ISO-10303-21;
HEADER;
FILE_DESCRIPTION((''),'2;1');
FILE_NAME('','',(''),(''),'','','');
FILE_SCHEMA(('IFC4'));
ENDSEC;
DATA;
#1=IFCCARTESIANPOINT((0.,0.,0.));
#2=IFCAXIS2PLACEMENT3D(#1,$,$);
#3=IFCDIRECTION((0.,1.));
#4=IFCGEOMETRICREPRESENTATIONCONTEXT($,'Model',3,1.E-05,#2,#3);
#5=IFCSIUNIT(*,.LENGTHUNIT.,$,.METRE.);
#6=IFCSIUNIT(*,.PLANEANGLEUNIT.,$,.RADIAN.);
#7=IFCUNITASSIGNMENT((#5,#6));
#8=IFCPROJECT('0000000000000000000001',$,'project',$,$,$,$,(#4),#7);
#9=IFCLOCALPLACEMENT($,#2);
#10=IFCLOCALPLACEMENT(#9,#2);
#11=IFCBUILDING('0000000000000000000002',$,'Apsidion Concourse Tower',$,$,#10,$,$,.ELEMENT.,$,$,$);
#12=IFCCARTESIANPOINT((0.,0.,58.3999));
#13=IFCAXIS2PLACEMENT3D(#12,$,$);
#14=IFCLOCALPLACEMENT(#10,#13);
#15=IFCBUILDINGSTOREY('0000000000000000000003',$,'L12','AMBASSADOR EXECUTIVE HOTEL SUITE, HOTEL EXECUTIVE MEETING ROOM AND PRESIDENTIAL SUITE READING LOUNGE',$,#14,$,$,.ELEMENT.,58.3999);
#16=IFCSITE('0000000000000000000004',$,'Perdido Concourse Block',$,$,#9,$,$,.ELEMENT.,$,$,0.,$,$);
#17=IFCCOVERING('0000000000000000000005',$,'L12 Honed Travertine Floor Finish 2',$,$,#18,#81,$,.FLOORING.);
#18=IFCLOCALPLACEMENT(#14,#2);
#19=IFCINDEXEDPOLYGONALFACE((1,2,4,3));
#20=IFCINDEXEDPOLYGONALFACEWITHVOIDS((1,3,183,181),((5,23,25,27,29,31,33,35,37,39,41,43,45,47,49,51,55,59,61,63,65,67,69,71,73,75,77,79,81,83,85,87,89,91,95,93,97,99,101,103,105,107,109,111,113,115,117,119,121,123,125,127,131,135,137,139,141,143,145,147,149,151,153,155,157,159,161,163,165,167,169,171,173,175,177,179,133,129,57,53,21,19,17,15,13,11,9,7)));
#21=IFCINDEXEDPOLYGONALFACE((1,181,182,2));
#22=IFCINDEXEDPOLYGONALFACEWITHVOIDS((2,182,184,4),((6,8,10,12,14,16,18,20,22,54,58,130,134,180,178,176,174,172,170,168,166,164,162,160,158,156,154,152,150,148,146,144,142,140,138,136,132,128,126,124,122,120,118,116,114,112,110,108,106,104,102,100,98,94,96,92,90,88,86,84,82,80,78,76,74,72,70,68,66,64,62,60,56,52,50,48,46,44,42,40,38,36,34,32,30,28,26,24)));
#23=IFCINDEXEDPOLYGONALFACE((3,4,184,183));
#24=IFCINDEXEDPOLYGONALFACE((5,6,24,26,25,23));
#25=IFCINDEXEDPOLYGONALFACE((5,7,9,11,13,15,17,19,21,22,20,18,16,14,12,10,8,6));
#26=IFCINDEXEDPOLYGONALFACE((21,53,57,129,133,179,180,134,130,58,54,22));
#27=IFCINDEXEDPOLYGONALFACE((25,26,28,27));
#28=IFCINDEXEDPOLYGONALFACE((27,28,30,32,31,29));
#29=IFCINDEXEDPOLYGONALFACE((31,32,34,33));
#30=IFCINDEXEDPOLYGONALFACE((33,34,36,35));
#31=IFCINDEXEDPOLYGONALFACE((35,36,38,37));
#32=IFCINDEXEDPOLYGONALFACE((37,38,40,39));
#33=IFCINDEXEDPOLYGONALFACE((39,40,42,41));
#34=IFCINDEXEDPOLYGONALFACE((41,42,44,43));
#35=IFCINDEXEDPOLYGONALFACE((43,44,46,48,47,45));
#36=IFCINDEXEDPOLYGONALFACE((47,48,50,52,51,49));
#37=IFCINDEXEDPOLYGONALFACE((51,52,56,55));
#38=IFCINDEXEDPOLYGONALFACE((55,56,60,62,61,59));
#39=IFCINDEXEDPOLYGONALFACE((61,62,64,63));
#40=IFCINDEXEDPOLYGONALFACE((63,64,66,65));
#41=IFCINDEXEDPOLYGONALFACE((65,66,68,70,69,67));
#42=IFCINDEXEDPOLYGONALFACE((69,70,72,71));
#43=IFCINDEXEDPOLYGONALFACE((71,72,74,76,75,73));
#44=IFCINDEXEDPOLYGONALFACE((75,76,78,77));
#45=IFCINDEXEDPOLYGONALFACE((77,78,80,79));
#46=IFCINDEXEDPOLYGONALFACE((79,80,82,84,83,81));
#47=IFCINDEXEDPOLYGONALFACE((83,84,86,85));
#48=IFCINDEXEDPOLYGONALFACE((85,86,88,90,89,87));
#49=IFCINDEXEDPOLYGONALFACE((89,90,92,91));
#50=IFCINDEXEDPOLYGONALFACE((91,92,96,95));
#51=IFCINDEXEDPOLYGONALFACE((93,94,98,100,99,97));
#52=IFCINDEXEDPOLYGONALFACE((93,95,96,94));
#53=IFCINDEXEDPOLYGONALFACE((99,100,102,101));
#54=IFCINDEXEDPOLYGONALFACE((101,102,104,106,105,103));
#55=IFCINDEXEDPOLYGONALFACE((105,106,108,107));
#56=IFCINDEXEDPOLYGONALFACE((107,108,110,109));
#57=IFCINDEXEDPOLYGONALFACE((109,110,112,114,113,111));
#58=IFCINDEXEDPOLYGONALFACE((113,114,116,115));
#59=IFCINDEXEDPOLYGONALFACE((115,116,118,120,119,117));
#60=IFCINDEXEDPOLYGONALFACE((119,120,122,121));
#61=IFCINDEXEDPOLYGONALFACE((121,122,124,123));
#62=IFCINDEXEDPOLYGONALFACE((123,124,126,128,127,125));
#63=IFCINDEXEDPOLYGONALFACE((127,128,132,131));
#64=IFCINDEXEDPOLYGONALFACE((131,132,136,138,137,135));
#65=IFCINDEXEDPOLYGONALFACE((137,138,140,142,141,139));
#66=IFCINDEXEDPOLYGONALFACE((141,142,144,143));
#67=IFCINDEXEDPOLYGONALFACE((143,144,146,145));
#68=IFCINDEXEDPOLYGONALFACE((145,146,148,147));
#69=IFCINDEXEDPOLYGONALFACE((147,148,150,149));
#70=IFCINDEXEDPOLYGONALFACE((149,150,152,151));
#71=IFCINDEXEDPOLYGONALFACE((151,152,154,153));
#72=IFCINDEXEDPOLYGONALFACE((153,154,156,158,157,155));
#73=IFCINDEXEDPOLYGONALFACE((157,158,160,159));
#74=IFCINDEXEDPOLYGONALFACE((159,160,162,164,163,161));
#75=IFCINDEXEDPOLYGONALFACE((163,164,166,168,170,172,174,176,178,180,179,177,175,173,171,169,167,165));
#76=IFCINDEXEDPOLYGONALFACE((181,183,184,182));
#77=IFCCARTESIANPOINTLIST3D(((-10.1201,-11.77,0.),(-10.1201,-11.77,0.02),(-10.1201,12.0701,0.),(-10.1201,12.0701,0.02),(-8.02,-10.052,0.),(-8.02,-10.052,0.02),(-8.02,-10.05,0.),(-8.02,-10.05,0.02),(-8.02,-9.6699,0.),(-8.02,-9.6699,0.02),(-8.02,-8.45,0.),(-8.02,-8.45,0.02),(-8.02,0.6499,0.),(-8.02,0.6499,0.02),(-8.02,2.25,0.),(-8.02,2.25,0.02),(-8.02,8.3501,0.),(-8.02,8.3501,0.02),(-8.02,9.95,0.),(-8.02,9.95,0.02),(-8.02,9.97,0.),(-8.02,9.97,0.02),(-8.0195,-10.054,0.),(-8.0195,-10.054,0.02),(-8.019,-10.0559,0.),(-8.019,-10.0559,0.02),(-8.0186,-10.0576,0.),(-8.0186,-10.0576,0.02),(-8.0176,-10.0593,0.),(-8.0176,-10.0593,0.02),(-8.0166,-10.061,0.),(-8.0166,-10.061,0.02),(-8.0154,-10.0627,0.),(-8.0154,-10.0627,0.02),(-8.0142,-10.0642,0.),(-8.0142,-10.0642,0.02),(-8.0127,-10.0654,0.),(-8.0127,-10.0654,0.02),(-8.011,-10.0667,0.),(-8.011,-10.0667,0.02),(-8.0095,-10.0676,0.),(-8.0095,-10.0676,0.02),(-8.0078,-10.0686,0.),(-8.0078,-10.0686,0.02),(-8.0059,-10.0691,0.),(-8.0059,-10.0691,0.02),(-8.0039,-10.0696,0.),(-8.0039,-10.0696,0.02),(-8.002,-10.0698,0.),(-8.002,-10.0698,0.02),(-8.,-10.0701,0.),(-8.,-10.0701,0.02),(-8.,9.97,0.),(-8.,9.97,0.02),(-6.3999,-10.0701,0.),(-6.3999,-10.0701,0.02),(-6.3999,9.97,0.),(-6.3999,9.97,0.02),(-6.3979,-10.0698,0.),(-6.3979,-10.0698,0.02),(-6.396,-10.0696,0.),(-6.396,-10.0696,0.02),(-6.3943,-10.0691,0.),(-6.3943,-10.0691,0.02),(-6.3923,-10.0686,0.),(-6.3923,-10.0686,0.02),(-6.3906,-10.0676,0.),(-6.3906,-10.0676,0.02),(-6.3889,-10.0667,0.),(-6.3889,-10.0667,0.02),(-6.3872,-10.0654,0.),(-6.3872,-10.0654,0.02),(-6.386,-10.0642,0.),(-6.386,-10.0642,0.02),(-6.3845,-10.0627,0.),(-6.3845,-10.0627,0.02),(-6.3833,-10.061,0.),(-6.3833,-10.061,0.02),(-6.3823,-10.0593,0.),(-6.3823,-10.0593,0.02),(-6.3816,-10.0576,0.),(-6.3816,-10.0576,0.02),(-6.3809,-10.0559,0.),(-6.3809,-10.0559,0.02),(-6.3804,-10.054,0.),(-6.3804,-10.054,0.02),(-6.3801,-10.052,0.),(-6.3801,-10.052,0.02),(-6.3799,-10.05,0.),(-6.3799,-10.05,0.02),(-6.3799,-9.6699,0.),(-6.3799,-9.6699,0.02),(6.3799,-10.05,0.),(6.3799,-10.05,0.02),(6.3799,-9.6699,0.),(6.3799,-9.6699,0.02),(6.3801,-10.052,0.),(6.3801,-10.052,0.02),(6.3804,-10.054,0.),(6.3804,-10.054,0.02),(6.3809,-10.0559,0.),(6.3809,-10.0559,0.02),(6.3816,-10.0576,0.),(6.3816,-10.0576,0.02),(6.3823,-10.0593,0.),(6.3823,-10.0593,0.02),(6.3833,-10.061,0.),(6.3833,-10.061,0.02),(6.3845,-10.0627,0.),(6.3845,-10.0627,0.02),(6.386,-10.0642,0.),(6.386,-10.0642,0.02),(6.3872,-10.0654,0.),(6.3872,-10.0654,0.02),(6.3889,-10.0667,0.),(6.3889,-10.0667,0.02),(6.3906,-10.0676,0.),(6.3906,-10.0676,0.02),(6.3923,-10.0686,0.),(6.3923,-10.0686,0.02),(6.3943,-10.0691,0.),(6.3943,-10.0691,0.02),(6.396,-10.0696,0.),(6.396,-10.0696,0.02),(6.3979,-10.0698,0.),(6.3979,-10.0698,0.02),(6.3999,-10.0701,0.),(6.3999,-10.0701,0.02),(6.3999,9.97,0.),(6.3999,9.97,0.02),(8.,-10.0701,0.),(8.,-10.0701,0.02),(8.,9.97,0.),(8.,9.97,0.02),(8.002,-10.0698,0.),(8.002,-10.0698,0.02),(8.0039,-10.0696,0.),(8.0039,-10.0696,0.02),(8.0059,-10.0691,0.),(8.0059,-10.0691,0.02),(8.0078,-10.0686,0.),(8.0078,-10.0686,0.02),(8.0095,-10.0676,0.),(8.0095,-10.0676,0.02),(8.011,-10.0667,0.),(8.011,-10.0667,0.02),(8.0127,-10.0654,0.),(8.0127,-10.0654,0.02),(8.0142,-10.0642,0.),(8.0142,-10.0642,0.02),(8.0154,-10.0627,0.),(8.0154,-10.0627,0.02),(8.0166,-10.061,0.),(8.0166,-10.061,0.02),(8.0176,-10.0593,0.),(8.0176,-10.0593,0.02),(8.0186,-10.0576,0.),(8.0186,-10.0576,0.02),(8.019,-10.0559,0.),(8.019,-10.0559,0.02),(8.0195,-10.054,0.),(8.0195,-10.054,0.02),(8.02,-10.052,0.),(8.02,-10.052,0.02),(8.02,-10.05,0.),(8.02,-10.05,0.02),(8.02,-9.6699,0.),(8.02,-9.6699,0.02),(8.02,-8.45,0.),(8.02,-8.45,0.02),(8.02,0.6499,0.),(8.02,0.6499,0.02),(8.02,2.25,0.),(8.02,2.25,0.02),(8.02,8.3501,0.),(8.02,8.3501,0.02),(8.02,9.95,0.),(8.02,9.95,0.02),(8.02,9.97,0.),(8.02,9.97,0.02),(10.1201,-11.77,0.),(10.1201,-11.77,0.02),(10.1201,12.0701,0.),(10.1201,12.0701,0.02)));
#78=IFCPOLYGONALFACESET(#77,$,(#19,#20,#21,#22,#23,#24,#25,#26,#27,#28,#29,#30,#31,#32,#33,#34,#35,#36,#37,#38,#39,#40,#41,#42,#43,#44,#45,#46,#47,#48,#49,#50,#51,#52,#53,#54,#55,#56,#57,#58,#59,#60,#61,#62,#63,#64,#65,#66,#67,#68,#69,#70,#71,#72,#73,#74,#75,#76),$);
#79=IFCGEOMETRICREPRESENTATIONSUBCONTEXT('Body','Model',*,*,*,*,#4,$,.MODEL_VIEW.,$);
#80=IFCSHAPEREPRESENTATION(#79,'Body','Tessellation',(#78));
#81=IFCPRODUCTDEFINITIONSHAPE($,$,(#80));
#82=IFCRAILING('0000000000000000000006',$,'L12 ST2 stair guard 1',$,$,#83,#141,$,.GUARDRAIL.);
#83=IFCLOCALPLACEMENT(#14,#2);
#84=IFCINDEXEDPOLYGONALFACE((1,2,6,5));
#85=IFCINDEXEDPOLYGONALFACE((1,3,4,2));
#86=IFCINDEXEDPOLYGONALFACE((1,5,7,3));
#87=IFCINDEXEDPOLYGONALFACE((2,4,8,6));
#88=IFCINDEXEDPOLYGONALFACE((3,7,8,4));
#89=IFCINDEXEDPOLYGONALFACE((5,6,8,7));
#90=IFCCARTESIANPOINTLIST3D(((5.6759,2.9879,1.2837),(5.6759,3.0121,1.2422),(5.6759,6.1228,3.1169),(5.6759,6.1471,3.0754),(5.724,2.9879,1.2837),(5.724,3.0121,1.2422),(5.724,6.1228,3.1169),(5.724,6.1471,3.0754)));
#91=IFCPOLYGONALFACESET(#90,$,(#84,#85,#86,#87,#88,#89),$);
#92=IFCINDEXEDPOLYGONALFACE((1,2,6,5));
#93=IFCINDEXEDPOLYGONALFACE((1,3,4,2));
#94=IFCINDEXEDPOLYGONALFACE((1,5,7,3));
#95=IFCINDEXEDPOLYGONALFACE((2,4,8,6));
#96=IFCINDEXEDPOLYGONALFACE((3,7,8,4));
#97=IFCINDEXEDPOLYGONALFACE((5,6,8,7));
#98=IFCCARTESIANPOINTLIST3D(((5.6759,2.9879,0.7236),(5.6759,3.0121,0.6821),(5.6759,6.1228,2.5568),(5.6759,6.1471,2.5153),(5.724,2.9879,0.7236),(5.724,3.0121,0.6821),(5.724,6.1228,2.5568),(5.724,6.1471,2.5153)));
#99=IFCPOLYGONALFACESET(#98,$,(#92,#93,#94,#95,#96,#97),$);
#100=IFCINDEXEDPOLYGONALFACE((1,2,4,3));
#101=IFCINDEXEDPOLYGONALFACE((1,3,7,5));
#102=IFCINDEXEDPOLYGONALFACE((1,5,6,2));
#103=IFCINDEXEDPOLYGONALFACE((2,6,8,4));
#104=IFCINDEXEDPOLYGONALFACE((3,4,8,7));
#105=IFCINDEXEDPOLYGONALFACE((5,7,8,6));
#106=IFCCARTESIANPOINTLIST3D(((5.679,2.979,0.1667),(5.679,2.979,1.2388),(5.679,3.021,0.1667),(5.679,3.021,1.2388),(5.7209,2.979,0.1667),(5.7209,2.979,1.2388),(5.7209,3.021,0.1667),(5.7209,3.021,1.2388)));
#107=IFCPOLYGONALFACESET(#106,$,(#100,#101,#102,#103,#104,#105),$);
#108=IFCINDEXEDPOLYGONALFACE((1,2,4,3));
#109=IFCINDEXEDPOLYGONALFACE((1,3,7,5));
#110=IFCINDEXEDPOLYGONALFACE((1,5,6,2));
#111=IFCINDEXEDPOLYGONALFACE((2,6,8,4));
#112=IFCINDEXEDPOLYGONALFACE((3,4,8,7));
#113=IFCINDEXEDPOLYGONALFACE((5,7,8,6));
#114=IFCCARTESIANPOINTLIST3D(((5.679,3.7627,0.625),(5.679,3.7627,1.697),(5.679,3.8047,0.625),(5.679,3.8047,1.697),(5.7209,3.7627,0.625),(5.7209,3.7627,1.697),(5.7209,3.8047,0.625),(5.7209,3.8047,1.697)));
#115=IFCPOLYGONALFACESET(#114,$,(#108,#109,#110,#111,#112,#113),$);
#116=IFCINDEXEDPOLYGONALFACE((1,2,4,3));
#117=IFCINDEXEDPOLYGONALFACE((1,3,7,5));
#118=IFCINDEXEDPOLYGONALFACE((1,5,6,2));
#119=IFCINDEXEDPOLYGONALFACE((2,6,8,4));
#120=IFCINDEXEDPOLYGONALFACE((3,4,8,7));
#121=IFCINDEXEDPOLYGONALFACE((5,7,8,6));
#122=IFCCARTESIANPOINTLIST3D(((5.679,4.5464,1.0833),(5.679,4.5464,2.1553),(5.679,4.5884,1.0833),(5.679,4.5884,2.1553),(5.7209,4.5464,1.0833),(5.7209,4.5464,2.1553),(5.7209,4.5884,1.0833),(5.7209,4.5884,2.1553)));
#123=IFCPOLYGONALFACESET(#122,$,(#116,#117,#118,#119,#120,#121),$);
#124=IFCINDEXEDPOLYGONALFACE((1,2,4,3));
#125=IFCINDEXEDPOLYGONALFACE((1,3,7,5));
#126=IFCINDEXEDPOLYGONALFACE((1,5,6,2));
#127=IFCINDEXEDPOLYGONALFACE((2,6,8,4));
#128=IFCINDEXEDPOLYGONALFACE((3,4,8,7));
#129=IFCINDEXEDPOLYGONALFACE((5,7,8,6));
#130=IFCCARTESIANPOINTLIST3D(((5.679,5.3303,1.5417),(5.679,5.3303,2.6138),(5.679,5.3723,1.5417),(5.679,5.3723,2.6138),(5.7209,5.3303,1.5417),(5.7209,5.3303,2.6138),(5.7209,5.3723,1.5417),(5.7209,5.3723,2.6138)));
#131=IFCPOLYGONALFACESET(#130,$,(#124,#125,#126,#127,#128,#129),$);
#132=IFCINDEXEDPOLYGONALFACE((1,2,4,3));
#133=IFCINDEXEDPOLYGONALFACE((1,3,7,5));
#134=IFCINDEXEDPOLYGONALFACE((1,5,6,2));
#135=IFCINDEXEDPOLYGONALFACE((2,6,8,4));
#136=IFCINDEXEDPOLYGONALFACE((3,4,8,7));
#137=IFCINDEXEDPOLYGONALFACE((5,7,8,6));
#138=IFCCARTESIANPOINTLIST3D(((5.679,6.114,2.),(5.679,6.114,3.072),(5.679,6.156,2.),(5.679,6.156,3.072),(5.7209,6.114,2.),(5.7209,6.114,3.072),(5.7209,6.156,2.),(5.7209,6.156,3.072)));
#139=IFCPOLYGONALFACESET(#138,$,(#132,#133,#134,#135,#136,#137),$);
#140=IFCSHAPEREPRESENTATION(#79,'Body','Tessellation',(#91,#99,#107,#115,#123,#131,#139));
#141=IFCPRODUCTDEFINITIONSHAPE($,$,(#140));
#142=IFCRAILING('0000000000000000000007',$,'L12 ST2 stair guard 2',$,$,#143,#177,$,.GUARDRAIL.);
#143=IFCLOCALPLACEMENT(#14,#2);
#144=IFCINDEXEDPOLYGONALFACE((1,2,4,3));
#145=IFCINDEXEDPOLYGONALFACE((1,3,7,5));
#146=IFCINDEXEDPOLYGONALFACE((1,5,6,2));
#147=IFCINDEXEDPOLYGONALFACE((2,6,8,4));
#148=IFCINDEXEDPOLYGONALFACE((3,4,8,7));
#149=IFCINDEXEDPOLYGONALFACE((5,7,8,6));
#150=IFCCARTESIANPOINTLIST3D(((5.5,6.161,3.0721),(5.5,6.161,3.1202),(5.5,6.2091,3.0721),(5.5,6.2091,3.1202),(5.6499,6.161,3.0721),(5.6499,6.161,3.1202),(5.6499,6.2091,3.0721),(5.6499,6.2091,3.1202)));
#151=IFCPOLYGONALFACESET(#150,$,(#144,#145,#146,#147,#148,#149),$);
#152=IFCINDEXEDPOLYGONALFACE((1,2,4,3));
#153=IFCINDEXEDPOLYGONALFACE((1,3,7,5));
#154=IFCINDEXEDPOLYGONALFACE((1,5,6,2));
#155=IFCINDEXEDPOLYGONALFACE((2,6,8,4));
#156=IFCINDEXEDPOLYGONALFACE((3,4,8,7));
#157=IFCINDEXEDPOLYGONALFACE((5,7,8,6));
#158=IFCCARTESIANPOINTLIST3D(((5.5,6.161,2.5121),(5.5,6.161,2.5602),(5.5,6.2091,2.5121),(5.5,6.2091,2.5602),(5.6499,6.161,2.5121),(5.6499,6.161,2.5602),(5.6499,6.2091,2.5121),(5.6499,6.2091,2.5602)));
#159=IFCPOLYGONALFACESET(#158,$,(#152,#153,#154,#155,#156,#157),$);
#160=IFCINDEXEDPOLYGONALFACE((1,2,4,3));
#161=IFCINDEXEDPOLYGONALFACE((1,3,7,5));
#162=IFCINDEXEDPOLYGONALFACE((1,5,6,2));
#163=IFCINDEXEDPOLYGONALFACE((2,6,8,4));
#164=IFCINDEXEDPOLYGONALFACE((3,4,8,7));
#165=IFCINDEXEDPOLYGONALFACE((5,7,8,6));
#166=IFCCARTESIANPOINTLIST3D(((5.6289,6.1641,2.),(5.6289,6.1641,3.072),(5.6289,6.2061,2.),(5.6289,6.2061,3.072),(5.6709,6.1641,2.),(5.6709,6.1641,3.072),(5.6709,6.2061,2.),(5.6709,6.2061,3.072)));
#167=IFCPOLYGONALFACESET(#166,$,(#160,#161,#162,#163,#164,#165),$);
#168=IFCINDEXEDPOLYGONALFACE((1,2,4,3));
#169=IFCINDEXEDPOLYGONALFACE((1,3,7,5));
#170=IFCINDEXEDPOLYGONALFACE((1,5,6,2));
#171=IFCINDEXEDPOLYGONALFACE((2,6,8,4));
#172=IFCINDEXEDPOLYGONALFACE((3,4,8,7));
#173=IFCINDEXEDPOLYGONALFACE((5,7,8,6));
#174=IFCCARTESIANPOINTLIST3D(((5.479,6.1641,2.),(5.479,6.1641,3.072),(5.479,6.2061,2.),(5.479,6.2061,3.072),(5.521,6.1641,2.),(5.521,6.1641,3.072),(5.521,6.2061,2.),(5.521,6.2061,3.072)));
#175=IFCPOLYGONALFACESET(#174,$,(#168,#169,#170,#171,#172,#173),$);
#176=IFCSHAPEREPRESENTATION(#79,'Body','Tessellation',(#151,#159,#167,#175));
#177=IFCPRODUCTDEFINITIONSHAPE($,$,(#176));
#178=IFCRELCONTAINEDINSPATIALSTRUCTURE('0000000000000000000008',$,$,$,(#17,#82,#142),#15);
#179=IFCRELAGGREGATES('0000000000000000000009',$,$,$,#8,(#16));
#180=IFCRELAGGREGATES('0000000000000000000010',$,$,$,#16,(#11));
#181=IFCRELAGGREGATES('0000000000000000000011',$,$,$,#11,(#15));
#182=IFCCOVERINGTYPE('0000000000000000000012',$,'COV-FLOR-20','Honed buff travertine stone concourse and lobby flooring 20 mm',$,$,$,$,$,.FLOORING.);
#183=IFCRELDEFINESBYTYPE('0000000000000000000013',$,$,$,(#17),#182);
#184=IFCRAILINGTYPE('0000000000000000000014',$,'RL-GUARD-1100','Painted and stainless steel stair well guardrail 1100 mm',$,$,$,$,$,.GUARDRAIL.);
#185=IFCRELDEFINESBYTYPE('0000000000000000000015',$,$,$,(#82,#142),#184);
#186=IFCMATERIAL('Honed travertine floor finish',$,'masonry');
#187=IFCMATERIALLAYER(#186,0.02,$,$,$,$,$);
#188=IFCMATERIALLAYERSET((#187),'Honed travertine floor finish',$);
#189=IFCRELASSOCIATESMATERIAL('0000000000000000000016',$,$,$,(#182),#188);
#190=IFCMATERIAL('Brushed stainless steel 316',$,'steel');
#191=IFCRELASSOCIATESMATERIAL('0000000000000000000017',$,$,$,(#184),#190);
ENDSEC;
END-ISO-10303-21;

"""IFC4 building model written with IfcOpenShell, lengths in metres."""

from ifc_helpers import new_model, si_unit, direction, frame, origin, origin_2d, place, context, subcontext, project, spatial, polyline, rectangle, outline, extrude, material, layer, layer_set, type_object, element, save


model = new_model("IFC4")

# Units and contexts
model_context = context("Model", 3, precision=1e-05, world=origin(), true_north=direction((0.0, 1.0)))
body_context = subcontext(model_context, "Body", "Model", "MODEL_VIEW")
ifc_project = project(units=[si_unit("LENGTHUNIT", "METRE"), si_unit("PLANEANGLEUNIT", "RADIAN")], contexts=[model_context])

# Site, building, storey
site_placement = place(None, origin())
site = spatial("IfcSite", under=ifc_project, at=site_placement, Name="Perdido Concourse Block", CompositionType="ELEMENT", RefElevation=0.0)
building_placement = place(site_placement, origin())
building = spatial("IfcBuilding", under=site, at=building_placement, Name="Apsidion Concourse Tower", CompositionType="ELEMENT")
storey_placement = place(building_placement, frame((0.0, 0.0, 58.3999)))
storey = spatial("IfcBuildingStorey", under=building, at=storey_placement, Name="L12", Description="AMBASSADOR EXECUTIVE HOTEL SUITE, HOTEL EXECUTIVE MEETING ROOM AND PRESIDENTIAL SUITE READING LOUNGE", CompositionType="ELEMENT", Elevation=58.3999)

# Covering
ifc_material_1 = material(Name="Honed travertine floor finish", Category="masonry")
ifc_layer_1 = layer(ifc_material_1, 0.02)
ifc_layer_set_1 = layer_set([ifc_layer_1], Name="Honed travertine floor finish")
covering_type = type_object("IfcCoveringType", Name="COV-FLOR-20", Description="Honed buff travertine stone concourse and lobby flooring 20 mm", PredefinedType="FLOORING", material=ifc_layer_set_1)
covering_placement = place(storey_placement, origin())
element("IfcCovering", 1, at=covering_placement, inside=storey, type_object=covering_type, Name="L12 Honed Travertine Floor Finish 2", PredefinedType="FLOORING", context=body_context, shape_type="SweptSolid", body=[
    extrude(outline(polyline([(10.1201, 12.0701), (10.1201, -11.77), (-10.1201, -11.77), (-10.1201, 12.0701), (10.1201, 12.0701)]), holes=[polyline([(-8.02, 9.95), (-8.02, 8.3501), (-8.02, 2.25), (-8.02, 0.6499), (-8.02, -8.45), (-8.02, -9.6699), (-8.02, -10.05), (-8.02, -10.052), (-8.0195, -10.054), (-8.019, -10.0559), (-8.0186, -10.0576), (-8.0176, -10.0593), (-8.0166, -10.061), (-8.0154, -10.0627), (-8.0142, -10.0642), (-8.0127, -10.0654), (-8.011, -10.0667), (-8.0095, -10.0676), (-8.0078, -10.0686), (-8.0059, -10.0691), (-8.0039, -10.0696), (-8.002, -10.0698), (-8.0, -10.0701), (-6.3999, -10.0701), (-6.3979, -10.0698), (-6.396, -10.0696), (-6.3943, -10.0691), (-6.3923, -10.0686), (-6.3906, -10.0676), (-6.3889, -10.0667), (-6.3872, -10.0654), (-6.386, -10.0642), (-6.3845, -10.0627), (-6.3833, -10.061), (-6.3823, -10.0593), (-6.3816, -10.0576), (-6.3809, -10.0559), (-6.3804, -10.054), (-6.3801, -10.052), (-6.3799, -10.05), (-6.3799, -9.6699), (6.3799, -9.6699), (6.3799, -10.05), (6.3801, -10.052), (6.3804, -10.054), (6.3809, -10.0559), (6.3816, -10.0576), (6.3823, -10.0593), (6.3833, -10.061), (6.3845, -10.0627), (6.386, -10.0642), (6.3872, -10.0654), (6.3889, -10.0667), (6.3906, -10.0676), (6.3923, -10.0686), (6.3943, -10.0691), (6.396, -10.0696), (6.3979, -10.0698), (6.3999, -10.0701), (8.0, -10.0701), (8.002, -10.0698), (8.0039, -10.0696), (8.0059, -10.0691), (8.0078, -10.0686), (8.0095, -10.0676), (8.011, -10.0667), (8.0127, -10.0654), (8.0142, -10.0642), (8.0154, -10.0627), (8.0166, -10.061), (8.0176, -10.0593), (8.0186, -10.0576), (8.019, -10.0559), (8.0195, -10.054), (8.02, -10.052), (8.02, -10.05), (8.02, -9.6699), (8.02, -8.45), (8.02, 0.6499), (8.02, 2.25), (8.02, 8.3501), (8.02, 9.95), (8.02, 9.97), (8.0, 9.97), (6.3999, 9.97), (-6.3999, 9.97), (-8.0, 9.97), (-8.02, 9.97), (-8.02, 9.95)])]), origin(), (0.0, 0.0, 1.0), 0.02),
])

# Railings
ifc_material_2 = material(Name="Brushed stainless steel 316", Category="steel")
railing_type_1 = type_object("IfcRailingType", Name="RL-GUARD-1100", Description="Painted and stainless steel stair well guardrail 1100 mm", PredefinedType="GUARDRAIL", material=ifc_material_2)
railing_1_placement = place(storey_placement, frame((5.7, 3.0, 0.1667)))
element("IfcRailing", 2, at=railing_1_placement, inside=storey, type_object=railing_type_1, Name="L12 ST2 stair guard 1", PredefinedType="GUARDRAIL", context=body_context, shape_type="SweptSolid", body=[
    extrude(rectangle(XDim=0.0481, YDim=0.0481, at=origin_2d()), frame((0.0, 0.0, 1.0962), z_axis=(0.0, 0.86324, 0.504794), x_axis=(-1.0, 0.0, 0.0)), (0.0, 0.0, 1.0), 3.6316),
    extrude(rectangle(XDim=0.0481, YDim=0.0481, at=origin_2d()), frame((0.0, 0.0, 0.5361), z_axis=(0.0, 0.86324, 0.504794), x_axis=(-1.0, 0.0, 0.0)), (0.0, 0.0, 1.0), 3.6316),
    extrude(rectangle(XDim=0.042, YDim=0.042, at=origin_2d()), origin(), (0.0, 0.0, 1.0), 1.072),
    extrude(rectangle(XDim=0.042, YDim=0.042, at=origin_2d()), frame((0.0, 0.7837, 0.4583)), (0.0, 0.0, 1.0), 1.072),
    extrude(rectangle(XDim=0.042, YDim=0.042, at=origin_2d()), frame((0.0, 1.5674, 0.9165)), (0.0, 0.0, 1.0), 1.072),
    extrude(rectangle(XDim=0.042, YDim=0.042, at=origin_2d()), frame((0.0, 2.3513, 1.375)), (0.0, 0.0, 1.0), 1.072),
    extrude(rectangle(XDim=0.042, YDim=0.042, at=origin_2d()), frame((0.0, 3.135, 1.8333)), (0.0, 0.0, 1.0), 1.072),
])
railing_2_placement = place(storey_placement, frame((5.6499, 6.1851, 2.0)))
element("IfcRailing", 3, at=railing_2_placement, inside=storey, type_object=railing_type_1, Name="L12 ST2 stair guard 2", PredefinedType="GUARDRAIL", context=body_context, shape_type="SweptSolid", body=[
    extrude(rectangle(XDim=0.0481, YDim=0.0481, at=origin_2d()), frame((0.0, 0.0, 1.0962), z_axis=(-1.0, 0.0, 0.0), x_axis=(0.0, -1.0, 0.0)), (0.0, 0.0, 1.0), 0.1499),
    extrude(rectangle(XDim=0.0481, YDim=0.0481, at=origin_2d()), frame((0.0, 0.0, 0.5361), z_axis=(-1.0, 0.0, 0.0), x_axis=(0.0, -1.0, 0.0)), (0.0, 0.0, 1.0), 0.1499),
    extrude(rectangle(XDim=0.042, YDim=0.042, at=origin_2d()), origin(), (0.0, 0.0, 1.0), 1.072),
    extrude(rectangle(XDim=0.042, YDim=0.042, at=origin_2d()), frame((-0.1499, 0.0, 0.0)), (0.0, 0.0, 1.0), 1.072),
])

save(model, "model.ifc")
